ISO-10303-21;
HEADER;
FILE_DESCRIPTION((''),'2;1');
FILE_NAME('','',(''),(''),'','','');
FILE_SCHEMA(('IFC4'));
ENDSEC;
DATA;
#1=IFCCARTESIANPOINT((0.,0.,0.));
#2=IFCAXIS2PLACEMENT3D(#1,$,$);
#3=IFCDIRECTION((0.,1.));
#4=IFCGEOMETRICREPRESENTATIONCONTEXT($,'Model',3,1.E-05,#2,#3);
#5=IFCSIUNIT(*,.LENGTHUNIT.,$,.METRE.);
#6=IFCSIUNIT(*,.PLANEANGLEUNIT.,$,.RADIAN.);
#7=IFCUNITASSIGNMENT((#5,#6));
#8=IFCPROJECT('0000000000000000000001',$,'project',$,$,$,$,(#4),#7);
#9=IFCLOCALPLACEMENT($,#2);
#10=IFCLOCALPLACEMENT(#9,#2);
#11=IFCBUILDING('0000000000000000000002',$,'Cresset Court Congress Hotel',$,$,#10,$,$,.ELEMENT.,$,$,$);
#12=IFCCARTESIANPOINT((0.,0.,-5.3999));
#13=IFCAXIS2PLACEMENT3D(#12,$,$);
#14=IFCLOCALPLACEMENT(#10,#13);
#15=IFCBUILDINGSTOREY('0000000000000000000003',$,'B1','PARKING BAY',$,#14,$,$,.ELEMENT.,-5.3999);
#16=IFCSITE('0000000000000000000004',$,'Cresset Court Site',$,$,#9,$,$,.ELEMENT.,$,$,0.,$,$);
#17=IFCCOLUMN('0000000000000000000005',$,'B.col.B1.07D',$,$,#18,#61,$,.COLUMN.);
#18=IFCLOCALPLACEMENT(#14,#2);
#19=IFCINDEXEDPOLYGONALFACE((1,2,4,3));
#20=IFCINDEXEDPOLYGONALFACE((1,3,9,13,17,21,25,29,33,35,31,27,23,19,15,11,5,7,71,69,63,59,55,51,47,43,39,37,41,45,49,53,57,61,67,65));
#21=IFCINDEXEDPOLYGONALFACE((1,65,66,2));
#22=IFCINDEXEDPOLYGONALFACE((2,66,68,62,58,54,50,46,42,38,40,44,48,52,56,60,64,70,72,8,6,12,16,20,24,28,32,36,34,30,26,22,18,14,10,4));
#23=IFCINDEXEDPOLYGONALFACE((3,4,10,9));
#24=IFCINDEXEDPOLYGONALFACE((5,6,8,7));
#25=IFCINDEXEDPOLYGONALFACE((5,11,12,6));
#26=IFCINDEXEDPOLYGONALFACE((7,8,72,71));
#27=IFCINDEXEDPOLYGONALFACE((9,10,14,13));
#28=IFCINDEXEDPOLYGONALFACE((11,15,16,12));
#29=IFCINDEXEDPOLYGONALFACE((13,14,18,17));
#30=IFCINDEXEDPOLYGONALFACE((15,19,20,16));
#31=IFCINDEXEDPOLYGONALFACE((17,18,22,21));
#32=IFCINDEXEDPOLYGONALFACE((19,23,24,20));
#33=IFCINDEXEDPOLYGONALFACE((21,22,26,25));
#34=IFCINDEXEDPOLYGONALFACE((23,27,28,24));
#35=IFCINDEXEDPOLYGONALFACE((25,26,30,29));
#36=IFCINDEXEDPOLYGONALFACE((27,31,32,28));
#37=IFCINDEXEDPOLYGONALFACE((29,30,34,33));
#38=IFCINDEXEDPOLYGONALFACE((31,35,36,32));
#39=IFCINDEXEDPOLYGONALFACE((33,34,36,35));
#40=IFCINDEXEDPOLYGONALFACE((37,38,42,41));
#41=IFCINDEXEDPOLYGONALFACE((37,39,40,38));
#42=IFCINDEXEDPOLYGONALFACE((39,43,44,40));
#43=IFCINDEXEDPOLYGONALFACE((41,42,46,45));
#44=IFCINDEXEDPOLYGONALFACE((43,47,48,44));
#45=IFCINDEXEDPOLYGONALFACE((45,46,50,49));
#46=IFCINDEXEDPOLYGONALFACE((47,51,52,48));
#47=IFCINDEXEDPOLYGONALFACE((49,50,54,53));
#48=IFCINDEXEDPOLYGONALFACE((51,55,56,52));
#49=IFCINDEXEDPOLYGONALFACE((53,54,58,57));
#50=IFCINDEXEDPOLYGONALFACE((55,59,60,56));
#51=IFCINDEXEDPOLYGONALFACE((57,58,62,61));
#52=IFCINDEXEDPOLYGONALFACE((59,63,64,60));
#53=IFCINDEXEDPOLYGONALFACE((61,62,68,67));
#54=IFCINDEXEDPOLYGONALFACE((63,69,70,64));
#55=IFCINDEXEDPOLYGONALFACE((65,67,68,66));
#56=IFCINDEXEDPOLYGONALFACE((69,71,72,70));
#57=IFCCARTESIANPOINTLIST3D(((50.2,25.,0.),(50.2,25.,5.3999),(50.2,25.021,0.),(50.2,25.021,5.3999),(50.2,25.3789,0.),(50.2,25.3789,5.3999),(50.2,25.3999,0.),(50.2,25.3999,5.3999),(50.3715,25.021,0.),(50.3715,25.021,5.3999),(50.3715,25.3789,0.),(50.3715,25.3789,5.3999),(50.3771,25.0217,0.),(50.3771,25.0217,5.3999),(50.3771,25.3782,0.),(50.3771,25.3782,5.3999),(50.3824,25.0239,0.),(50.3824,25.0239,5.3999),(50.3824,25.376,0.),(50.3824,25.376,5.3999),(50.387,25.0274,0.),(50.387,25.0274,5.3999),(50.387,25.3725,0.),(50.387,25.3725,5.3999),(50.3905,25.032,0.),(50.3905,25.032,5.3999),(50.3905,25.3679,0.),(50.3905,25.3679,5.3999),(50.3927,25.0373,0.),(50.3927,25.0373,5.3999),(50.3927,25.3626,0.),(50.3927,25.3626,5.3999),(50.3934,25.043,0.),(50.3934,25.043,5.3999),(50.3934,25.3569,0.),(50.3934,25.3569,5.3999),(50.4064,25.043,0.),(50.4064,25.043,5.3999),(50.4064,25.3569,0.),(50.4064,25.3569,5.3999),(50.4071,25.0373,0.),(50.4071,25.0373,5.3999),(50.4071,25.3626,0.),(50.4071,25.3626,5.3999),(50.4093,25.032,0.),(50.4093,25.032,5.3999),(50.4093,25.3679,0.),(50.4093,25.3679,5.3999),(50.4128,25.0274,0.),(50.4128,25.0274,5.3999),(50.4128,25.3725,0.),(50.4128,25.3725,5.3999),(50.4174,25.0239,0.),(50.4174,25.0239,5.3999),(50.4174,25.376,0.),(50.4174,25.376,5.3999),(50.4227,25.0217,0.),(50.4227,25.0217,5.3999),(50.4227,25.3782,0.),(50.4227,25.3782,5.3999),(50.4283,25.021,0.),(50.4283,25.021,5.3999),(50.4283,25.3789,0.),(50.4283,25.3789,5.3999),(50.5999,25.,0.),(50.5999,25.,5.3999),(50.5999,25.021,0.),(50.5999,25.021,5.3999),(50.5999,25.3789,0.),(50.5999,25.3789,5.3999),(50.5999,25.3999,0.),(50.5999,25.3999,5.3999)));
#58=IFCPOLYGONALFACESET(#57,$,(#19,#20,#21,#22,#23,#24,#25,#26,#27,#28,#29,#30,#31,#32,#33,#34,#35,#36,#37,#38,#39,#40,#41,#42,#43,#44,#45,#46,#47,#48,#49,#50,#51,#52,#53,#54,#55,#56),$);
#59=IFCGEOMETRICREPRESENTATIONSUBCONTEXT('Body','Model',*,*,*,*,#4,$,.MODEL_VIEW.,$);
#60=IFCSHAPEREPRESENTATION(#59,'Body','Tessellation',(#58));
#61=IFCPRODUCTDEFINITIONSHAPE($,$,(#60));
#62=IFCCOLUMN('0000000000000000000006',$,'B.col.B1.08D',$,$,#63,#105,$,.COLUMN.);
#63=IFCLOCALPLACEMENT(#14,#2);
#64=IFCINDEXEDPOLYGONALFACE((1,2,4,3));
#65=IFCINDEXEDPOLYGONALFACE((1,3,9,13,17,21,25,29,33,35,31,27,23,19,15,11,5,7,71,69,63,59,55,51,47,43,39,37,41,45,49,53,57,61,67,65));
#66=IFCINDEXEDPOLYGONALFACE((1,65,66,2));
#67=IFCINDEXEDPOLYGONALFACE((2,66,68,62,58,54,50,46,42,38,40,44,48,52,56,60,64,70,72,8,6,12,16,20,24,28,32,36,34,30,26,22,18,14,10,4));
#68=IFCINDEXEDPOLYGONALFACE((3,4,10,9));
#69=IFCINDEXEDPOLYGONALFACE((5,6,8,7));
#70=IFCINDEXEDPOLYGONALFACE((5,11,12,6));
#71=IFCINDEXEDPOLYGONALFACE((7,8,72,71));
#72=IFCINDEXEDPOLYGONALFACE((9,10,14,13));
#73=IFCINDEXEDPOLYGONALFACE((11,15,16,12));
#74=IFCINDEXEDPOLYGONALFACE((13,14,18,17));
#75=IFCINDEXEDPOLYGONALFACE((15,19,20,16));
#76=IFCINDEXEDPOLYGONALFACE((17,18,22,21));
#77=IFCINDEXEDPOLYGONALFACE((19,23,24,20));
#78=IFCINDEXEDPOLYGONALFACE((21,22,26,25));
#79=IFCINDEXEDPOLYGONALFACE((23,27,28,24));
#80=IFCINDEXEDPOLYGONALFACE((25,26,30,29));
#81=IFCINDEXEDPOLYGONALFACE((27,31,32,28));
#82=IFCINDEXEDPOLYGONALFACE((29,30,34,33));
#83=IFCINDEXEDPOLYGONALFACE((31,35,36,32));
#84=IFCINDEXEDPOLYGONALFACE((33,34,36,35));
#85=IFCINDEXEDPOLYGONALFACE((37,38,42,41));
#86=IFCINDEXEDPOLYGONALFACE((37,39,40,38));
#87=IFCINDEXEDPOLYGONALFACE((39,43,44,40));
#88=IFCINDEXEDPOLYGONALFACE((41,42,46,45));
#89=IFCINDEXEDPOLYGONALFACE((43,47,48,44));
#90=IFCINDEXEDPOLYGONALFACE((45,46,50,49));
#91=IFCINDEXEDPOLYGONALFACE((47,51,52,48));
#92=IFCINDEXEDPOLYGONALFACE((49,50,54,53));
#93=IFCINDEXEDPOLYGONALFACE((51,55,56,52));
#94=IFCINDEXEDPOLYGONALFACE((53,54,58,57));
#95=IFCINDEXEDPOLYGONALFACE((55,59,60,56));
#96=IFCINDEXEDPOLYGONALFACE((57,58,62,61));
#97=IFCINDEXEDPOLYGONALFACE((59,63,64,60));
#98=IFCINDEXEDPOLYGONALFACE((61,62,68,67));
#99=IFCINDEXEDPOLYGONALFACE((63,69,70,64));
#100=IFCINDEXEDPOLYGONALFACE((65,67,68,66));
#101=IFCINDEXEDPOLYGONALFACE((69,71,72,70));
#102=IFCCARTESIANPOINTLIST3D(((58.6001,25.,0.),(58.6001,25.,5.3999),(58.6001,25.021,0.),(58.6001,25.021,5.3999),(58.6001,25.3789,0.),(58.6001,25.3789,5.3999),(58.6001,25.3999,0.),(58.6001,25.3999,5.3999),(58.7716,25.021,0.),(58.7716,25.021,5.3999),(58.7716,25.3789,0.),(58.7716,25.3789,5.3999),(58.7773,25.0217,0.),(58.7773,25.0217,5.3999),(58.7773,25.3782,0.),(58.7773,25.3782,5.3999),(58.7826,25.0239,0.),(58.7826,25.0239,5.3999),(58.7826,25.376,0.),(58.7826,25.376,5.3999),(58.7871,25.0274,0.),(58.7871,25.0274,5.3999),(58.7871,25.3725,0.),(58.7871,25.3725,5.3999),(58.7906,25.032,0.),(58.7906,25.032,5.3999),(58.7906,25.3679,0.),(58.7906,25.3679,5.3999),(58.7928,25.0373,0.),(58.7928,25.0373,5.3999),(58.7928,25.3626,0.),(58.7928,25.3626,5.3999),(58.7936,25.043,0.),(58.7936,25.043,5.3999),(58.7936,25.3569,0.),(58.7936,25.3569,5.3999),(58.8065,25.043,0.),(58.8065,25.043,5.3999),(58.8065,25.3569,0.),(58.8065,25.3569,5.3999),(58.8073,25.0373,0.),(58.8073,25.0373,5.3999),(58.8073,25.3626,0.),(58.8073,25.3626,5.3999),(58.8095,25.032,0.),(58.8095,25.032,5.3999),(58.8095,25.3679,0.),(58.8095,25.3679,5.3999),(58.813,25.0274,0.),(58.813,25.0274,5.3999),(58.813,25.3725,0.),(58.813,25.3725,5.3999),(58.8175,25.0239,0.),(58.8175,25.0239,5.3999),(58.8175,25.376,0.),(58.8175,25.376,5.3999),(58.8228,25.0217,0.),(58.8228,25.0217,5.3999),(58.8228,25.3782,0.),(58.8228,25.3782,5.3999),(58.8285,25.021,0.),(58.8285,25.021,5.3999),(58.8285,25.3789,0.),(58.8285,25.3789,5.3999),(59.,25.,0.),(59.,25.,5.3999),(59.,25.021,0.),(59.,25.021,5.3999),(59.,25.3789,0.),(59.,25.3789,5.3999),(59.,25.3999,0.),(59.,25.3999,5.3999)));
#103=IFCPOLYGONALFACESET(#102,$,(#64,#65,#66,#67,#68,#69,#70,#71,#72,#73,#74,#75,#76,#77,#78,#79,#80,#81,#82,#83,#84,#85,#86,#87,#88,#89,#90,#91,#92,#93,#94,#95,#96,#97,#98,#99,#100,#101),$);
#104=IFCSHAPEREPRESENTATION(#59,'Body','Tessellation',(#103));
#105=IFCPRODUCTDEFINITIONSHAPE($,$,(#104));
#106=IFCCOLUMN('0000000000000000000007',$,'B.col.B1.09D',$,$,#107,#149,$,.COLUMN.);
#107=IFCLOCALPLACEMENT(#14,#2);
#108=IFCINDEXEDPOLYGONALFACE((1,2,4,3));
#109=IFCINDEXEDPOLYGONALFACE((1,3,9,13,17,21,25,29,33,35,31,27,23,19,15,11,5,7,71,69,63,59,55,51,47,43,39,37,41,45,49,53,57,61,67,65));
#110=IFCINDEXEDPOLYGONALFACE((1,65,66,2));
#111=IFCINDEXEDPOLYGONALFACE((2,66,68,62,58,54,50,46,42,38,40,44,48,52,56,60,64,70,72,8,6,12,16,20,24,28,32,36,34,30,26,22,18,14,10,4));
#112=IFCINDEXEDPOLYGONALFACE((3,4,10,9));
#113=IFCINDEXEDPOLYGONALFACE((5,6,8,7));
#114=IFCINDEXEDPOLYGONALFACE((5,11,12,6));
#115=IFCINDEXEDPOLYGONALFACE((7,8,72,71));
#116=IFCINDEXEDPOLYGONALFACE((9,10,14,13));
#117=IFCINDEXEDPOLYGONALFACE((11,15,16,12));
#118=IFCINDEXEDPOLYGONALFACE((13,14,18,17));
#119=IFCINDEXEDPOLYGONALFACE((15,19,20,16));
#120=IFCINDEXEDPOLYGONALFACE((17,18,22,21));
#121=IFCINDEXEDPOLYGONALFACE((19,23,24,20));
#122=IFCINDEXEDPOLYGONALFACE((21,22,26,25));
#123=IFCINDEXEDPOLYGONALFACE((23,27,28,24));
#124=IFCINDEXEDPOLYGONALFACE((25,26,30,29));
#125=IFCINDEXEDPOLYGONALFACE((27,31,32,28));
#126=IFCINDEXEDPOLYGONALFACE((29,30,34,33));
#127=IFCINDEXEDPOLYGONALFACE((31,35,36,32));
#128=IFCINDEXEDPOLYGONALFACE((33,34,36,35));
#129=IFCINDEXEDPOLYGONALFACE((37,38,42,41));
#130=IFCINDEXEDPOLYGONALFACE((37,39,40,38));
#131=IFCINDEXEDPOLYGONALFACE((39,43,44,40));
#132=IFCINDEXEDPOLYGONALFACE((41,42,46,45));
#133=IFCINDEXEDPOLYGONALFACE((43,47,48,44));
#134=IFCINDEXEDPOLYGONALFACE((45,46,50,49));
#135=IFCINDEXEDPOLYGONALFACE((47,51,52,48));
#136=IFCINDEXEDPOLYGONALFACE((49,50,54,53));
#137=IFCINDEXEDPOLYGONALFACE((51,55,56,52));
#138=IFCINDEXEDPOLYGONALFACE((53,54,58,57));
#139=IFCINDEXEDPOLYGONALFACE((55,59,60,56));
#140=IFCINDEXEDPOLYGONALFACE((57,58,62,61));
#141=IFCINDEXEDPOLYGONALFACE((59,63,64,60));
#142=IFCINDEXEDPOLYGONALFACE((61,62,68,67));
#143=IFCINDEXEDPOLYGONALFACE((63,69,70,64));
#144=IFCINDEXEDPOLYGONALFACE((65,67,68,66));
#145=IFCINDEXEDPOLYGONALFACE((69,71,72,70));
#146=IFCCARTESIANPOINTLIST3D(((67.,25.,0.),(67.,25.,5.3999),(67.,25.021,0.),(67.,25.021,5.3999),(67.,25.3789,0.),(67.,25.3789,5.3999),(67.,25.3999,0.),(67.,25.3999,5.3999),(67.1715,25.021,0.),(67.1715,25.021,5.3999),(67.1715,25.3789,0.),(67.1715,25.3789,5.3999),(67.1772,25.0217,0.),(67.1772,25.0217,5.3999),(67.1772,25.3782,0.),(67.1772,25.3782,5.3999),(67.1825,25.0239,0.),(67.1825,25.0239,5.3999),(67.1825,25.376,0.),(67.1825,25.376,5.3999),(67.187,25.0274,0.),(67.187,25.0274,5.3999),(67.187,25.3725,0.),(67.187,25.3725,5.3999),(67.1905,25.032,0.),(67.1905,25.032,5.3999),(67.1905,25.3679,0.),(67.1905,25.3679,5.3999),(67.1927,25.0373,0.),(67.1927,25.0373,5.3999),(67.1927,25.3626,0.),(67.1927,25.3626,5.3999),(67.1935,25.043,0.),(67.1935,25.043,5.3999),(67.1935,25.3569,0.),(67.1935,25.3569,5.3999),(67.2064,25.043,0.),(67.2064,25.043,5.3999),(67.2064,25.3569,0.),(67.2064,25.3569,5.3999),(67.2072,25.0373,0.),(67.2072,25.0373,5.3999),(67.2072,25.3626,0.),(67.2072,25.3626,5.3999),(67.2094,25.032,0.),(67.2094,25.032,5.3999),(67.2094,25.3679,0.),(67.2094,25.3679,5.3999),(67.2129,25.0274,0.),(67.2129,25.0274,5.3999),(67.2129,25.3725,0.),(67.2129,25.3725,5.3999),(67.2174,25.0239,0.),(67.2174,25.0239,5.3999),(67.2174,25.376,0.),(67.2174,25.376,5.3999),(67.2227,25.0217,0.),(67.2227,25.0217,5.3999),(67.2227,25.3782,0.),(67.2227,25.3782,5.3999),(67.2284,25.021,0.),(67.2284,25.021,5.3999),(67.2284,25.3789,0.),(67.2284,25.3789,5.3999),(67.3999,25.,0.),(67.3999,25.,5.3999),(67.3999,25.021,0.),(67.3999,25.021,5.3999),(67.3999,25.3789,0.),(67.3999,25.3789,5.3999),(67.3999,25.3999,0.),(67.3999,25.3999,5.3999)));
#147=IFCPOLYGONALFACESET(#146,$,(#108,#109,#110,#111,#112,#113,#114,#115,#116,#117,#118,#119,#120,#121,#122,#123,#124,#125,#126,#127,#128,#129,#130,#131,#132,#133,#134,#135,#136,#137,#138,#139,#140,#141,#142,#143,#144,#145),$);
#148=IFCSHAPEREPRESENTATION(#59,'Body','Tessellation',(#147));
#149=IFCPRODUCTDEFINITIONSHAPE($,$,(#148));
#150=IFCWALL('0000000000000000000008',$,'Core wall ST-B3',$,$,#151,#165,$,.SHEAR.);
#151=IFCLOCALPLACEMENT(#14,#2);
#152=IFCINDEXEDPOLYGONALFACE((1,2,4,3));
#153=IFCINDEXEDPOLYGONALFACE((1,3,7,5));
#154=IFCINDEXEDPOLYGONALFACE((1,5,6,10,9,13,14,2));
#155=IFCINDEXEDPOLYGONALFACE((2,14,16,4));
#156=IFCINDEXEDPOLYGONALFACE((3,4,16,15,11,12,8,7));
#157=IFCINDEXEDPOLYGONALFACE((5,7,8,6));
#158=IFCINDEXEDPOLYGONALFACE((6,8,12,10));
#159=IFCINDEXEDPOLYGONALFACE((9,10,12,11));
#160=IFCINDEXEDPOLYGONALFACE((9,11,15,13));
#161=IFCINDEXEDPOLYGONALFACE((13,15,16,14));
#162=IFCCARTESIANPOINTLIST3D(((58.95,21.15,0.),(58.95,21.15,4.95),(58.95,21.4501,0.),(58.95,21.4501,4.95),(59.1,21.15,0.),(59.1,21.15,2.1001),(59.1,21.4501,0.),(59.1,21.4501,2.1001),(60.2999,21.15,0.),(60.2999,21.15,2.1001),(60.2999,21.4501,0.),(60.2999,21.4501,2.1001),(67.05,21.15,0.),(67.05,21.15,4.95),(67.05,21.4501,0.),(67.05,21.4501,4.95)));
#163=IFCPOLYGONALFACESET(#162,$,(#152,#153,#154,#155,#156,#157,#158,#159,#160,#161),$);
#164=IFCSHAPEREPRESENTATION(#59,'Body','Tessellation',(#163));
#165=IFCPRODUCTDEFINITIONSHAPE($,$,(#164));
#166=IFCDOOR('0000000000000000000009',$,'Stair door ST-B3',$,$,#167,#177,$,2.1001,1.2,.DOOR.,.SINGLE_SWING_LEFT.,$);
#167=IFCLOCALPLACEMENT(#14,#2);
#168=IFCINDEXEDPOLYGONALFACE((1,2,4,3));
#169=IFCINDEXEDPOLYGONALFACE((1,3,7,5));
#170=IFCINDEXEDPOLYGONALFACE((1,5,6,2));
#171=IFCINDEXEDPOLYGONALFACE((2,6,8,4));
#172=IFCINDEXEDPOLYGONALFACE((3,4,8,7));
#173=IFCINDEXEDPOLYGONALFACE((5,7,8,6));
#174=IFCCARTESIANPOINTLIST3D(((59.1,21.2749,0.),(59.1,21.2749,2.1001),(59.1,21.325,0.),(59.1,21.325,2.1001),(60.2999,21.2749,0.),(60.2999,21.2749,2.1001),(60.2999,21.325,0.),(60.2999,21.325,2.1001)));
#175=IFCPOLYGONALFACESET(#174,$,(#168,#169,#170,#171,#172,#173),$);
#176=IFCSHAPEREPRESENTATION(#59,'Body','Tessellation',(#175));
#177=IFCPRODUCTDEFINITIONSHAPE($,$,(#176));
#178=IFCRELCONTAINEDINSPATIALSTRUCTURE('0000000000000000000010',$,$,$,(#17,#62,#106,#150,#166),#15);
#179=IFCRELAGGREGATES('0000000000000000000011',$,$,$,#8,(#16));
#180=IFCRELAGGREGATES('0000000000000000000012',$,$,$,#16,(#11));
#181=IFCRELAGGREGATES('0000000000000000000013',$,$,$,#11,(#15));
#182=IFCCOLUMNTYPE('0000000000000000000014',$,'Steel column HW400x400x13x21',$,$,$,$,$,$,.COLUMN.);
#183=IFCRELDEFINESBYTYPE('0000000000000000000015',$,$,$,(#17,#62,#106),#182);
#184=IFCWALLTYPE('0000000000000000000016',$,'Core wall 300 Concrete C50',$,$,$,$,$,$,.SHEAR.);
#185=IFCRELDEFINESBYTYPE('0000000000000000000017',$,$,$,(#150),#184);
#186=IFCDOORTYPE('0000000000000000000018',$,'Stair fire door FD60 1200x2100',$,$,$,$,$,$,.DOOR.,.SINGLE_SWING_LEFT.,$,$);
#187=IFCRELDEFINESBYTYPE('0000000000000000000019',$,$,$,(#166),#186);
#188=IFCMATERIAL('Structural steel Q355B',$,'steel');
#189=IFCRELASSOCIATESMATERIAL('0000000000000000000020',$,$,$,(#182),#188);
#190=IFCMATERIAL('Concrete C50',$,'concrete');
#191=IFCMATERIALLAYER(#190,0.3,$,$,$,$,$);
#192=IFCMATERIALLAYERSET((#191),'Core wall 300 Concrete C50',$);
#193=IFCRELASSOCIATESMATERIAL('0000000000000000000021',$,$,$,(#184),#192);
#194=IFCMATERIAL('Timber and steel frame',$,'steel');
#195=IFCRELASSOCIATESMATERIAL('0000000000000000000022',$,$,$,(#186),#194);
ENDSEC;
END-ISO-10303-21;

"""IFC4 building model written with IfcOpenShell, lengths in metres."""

from ifc_helpers import new_model, si_unit, direction, frame, frame_2d, origin, origin_2d, place, context, subcontext, project, spatial, rectangle, i_section, extrude, material, layer, layer_set, material_profile, profile_set, type_object, element, fill, save


model = new_model("IFC4")

# Units and contexts
model_context = context("Model", 3, precision=1e-05, world=origin(), true_north=direction((0.0, 1.0)))
body_context = subcontext(model_context, "Body", "Model", "MODEL_VIEW")
ifc_project = project(units=[si_unit("LENGTHUNIT", "METRE"), si_unit("PLANEANGLEUNIT", "RADIAN")], contexts=[model_context])

# Site, building, storey
site_placement = place(None, origin())
site = spatial("IfcSite", under=ifc_project, at=site_placement, Name="Cresset Court Site", CompositionType="ELEMENT", RefElevation=0.0)
building_placement = place(site_placement, origin())
building = spatial("IfcBuilding", under=site, at=building_placement, Name="Cresset Court Congress Hotel", CompositionType="ELEMENT")
storey_placement = place(building_placement, frame((0.0, 0.0, -5.3999)))
storey = spatial("IfcBuildingStorey", under=building, at=storey_placement, Name="B1", Description="PARKING BAY", CompositionType="ELEMENT", Elevation=-5.3999)

# Columns
ifc_material_1 = material(Name="Structural steel Q355B", Category="steel")
ifc_material_profile = material_profile(ifc_material_1, i_section(OverallWidth=0.3999, OverallDepth=0.3999, WebThickness=0.0129, FlangeThickness=0.021, FilletRadius=0.022, at=origin_2d()), Name="HW400x400x13x21")
ifc_profile_set = profile_set([ifc_material_profile], Name="Structural steel Q355B")
column_type = type_object("IfcColumnType", Name="Steel column HW400x400x13x21", PredefinedType="COLUMN", material=ifc_profile_set)
for number, where, z_axis, x_axis, name in (
    (1, (50.3999, 25.2, 0.0), (0.0, 0.0, 1.0), (1.0, 0.0, 0.0), "B.col.B1.07D"),
    (2, (58.8, 25.2, 0.0), (0.0, 0.0, 1.0), (1.0, 0.0, 0.0), "B.col.B1.08D"),
    (3, (67.2, 25.2, 0.0), (0.0, 0.0, 1.0), (1.0, 0.0, 0.0), "B.col.B1.09D"),
):
    element("IfcColumn", number, at=place(storey_placement, frame(where, z_axis=z_axis, x_axis=x_axis)), inside=storey, type_object=column_type, Name=name, PredefinedType="COLUMN", context=body_context, shape_type="SweptSolid", body=[
        extrude(i_section(OverallWidth=0.3999, OverallDepth=0.3999, WebThickness=0.0129, FlangeThickness=0.021, FilletRadius=0.022, at=origin_2d()), origin(), (0.0, 0.0, 1.0), 5.3999),
    ])

# Wall, opening, door
ifc_material_2 = material(Name="Concrete C50", Category="concrete")
ifc_layer = layer(ifc_material_2, 0.3)
ifc_layer_set = layer_set([ifc_layer], Name="Core wall 300 Concrete C50")
wall_type = type_object("IfcWallType", Name="Core wall 300 Concrete C50", PredefinedType="SHEAR", material=ifc_layer_set)
wall_placement = place(storey_placement, frame((58.95, 21.3, 0.0), z_axis=(0.0, 0.0, 1.0), x_axis=(1.0, 0.0, 0.0)))
wall = element("IfcWall", 4, at=wall_placement, inside=storey, type_object=wall_type, Name="Core wall ST-B3", PredefinedType="SHEAR", context=body_context, shape_type="SweptSolid", body=[
    extrude(rectangle(XDim=8.1001, YDim=0.3, at=frame_2d((4.05, 0.0))), origin(), (0.0, 0.0, 1.0), 4.95),
])
opening_placement = place(wall_placement, frame((0.1499, 0.0, 0.0)))
opening = element("IfcOpeningElement", 5, at=opening_placement, cuts=wall, PredefinedType="OPENING", context=body_context, shape_type="SweptSolid", body=[
    extrude(rectangle(XDim=1.2, YDim=2.1001, at=frame_2d((0.6001, 1.05))), frame((0.0, 0.1599, 0.0), z_axis=(0.0, -1.0, 0.0), x_axis=(1.0, 0.0, 0.0)), (0.0, 0.0, 1.0), 0.3201),
])
ifc_material_3 = material(Name="Timber and steel frame", Category="steel")
door_type = type_object("IfcDoorType", Name="Stair fire door FD60 1200x2100", OperationType="SINGLE_SWING_LEFT", PredefinedType="DOOR", material=ifc_material_3)
door_placement = place(opening_placement, origin())
door = element("IfcDoor", 6, at=door_placement, inside=storey, type_object=door_type, Name="Stair door ST-B3", OperationType="SINGLE_SWING_LEFT", OverallHeight=2.1001, OverallWidth=1.2, PredefinedType="DOOR", context=body_context, shape_type="SweptSolid", body=[
    extrude(rectangle(XDim=1.2, YDim=2.1001, at=frame_2d((0.6001, 1.05))), frame((0.0, 0.0249, 0.0), z_axis=(0.0, -1.0, 0.0), x_axis=(1.0, 0.0, 0.0)), (0.0, 0.0, 1.0), 0.05),
])
fill(opening, door)

save(model, "model.ifc")
